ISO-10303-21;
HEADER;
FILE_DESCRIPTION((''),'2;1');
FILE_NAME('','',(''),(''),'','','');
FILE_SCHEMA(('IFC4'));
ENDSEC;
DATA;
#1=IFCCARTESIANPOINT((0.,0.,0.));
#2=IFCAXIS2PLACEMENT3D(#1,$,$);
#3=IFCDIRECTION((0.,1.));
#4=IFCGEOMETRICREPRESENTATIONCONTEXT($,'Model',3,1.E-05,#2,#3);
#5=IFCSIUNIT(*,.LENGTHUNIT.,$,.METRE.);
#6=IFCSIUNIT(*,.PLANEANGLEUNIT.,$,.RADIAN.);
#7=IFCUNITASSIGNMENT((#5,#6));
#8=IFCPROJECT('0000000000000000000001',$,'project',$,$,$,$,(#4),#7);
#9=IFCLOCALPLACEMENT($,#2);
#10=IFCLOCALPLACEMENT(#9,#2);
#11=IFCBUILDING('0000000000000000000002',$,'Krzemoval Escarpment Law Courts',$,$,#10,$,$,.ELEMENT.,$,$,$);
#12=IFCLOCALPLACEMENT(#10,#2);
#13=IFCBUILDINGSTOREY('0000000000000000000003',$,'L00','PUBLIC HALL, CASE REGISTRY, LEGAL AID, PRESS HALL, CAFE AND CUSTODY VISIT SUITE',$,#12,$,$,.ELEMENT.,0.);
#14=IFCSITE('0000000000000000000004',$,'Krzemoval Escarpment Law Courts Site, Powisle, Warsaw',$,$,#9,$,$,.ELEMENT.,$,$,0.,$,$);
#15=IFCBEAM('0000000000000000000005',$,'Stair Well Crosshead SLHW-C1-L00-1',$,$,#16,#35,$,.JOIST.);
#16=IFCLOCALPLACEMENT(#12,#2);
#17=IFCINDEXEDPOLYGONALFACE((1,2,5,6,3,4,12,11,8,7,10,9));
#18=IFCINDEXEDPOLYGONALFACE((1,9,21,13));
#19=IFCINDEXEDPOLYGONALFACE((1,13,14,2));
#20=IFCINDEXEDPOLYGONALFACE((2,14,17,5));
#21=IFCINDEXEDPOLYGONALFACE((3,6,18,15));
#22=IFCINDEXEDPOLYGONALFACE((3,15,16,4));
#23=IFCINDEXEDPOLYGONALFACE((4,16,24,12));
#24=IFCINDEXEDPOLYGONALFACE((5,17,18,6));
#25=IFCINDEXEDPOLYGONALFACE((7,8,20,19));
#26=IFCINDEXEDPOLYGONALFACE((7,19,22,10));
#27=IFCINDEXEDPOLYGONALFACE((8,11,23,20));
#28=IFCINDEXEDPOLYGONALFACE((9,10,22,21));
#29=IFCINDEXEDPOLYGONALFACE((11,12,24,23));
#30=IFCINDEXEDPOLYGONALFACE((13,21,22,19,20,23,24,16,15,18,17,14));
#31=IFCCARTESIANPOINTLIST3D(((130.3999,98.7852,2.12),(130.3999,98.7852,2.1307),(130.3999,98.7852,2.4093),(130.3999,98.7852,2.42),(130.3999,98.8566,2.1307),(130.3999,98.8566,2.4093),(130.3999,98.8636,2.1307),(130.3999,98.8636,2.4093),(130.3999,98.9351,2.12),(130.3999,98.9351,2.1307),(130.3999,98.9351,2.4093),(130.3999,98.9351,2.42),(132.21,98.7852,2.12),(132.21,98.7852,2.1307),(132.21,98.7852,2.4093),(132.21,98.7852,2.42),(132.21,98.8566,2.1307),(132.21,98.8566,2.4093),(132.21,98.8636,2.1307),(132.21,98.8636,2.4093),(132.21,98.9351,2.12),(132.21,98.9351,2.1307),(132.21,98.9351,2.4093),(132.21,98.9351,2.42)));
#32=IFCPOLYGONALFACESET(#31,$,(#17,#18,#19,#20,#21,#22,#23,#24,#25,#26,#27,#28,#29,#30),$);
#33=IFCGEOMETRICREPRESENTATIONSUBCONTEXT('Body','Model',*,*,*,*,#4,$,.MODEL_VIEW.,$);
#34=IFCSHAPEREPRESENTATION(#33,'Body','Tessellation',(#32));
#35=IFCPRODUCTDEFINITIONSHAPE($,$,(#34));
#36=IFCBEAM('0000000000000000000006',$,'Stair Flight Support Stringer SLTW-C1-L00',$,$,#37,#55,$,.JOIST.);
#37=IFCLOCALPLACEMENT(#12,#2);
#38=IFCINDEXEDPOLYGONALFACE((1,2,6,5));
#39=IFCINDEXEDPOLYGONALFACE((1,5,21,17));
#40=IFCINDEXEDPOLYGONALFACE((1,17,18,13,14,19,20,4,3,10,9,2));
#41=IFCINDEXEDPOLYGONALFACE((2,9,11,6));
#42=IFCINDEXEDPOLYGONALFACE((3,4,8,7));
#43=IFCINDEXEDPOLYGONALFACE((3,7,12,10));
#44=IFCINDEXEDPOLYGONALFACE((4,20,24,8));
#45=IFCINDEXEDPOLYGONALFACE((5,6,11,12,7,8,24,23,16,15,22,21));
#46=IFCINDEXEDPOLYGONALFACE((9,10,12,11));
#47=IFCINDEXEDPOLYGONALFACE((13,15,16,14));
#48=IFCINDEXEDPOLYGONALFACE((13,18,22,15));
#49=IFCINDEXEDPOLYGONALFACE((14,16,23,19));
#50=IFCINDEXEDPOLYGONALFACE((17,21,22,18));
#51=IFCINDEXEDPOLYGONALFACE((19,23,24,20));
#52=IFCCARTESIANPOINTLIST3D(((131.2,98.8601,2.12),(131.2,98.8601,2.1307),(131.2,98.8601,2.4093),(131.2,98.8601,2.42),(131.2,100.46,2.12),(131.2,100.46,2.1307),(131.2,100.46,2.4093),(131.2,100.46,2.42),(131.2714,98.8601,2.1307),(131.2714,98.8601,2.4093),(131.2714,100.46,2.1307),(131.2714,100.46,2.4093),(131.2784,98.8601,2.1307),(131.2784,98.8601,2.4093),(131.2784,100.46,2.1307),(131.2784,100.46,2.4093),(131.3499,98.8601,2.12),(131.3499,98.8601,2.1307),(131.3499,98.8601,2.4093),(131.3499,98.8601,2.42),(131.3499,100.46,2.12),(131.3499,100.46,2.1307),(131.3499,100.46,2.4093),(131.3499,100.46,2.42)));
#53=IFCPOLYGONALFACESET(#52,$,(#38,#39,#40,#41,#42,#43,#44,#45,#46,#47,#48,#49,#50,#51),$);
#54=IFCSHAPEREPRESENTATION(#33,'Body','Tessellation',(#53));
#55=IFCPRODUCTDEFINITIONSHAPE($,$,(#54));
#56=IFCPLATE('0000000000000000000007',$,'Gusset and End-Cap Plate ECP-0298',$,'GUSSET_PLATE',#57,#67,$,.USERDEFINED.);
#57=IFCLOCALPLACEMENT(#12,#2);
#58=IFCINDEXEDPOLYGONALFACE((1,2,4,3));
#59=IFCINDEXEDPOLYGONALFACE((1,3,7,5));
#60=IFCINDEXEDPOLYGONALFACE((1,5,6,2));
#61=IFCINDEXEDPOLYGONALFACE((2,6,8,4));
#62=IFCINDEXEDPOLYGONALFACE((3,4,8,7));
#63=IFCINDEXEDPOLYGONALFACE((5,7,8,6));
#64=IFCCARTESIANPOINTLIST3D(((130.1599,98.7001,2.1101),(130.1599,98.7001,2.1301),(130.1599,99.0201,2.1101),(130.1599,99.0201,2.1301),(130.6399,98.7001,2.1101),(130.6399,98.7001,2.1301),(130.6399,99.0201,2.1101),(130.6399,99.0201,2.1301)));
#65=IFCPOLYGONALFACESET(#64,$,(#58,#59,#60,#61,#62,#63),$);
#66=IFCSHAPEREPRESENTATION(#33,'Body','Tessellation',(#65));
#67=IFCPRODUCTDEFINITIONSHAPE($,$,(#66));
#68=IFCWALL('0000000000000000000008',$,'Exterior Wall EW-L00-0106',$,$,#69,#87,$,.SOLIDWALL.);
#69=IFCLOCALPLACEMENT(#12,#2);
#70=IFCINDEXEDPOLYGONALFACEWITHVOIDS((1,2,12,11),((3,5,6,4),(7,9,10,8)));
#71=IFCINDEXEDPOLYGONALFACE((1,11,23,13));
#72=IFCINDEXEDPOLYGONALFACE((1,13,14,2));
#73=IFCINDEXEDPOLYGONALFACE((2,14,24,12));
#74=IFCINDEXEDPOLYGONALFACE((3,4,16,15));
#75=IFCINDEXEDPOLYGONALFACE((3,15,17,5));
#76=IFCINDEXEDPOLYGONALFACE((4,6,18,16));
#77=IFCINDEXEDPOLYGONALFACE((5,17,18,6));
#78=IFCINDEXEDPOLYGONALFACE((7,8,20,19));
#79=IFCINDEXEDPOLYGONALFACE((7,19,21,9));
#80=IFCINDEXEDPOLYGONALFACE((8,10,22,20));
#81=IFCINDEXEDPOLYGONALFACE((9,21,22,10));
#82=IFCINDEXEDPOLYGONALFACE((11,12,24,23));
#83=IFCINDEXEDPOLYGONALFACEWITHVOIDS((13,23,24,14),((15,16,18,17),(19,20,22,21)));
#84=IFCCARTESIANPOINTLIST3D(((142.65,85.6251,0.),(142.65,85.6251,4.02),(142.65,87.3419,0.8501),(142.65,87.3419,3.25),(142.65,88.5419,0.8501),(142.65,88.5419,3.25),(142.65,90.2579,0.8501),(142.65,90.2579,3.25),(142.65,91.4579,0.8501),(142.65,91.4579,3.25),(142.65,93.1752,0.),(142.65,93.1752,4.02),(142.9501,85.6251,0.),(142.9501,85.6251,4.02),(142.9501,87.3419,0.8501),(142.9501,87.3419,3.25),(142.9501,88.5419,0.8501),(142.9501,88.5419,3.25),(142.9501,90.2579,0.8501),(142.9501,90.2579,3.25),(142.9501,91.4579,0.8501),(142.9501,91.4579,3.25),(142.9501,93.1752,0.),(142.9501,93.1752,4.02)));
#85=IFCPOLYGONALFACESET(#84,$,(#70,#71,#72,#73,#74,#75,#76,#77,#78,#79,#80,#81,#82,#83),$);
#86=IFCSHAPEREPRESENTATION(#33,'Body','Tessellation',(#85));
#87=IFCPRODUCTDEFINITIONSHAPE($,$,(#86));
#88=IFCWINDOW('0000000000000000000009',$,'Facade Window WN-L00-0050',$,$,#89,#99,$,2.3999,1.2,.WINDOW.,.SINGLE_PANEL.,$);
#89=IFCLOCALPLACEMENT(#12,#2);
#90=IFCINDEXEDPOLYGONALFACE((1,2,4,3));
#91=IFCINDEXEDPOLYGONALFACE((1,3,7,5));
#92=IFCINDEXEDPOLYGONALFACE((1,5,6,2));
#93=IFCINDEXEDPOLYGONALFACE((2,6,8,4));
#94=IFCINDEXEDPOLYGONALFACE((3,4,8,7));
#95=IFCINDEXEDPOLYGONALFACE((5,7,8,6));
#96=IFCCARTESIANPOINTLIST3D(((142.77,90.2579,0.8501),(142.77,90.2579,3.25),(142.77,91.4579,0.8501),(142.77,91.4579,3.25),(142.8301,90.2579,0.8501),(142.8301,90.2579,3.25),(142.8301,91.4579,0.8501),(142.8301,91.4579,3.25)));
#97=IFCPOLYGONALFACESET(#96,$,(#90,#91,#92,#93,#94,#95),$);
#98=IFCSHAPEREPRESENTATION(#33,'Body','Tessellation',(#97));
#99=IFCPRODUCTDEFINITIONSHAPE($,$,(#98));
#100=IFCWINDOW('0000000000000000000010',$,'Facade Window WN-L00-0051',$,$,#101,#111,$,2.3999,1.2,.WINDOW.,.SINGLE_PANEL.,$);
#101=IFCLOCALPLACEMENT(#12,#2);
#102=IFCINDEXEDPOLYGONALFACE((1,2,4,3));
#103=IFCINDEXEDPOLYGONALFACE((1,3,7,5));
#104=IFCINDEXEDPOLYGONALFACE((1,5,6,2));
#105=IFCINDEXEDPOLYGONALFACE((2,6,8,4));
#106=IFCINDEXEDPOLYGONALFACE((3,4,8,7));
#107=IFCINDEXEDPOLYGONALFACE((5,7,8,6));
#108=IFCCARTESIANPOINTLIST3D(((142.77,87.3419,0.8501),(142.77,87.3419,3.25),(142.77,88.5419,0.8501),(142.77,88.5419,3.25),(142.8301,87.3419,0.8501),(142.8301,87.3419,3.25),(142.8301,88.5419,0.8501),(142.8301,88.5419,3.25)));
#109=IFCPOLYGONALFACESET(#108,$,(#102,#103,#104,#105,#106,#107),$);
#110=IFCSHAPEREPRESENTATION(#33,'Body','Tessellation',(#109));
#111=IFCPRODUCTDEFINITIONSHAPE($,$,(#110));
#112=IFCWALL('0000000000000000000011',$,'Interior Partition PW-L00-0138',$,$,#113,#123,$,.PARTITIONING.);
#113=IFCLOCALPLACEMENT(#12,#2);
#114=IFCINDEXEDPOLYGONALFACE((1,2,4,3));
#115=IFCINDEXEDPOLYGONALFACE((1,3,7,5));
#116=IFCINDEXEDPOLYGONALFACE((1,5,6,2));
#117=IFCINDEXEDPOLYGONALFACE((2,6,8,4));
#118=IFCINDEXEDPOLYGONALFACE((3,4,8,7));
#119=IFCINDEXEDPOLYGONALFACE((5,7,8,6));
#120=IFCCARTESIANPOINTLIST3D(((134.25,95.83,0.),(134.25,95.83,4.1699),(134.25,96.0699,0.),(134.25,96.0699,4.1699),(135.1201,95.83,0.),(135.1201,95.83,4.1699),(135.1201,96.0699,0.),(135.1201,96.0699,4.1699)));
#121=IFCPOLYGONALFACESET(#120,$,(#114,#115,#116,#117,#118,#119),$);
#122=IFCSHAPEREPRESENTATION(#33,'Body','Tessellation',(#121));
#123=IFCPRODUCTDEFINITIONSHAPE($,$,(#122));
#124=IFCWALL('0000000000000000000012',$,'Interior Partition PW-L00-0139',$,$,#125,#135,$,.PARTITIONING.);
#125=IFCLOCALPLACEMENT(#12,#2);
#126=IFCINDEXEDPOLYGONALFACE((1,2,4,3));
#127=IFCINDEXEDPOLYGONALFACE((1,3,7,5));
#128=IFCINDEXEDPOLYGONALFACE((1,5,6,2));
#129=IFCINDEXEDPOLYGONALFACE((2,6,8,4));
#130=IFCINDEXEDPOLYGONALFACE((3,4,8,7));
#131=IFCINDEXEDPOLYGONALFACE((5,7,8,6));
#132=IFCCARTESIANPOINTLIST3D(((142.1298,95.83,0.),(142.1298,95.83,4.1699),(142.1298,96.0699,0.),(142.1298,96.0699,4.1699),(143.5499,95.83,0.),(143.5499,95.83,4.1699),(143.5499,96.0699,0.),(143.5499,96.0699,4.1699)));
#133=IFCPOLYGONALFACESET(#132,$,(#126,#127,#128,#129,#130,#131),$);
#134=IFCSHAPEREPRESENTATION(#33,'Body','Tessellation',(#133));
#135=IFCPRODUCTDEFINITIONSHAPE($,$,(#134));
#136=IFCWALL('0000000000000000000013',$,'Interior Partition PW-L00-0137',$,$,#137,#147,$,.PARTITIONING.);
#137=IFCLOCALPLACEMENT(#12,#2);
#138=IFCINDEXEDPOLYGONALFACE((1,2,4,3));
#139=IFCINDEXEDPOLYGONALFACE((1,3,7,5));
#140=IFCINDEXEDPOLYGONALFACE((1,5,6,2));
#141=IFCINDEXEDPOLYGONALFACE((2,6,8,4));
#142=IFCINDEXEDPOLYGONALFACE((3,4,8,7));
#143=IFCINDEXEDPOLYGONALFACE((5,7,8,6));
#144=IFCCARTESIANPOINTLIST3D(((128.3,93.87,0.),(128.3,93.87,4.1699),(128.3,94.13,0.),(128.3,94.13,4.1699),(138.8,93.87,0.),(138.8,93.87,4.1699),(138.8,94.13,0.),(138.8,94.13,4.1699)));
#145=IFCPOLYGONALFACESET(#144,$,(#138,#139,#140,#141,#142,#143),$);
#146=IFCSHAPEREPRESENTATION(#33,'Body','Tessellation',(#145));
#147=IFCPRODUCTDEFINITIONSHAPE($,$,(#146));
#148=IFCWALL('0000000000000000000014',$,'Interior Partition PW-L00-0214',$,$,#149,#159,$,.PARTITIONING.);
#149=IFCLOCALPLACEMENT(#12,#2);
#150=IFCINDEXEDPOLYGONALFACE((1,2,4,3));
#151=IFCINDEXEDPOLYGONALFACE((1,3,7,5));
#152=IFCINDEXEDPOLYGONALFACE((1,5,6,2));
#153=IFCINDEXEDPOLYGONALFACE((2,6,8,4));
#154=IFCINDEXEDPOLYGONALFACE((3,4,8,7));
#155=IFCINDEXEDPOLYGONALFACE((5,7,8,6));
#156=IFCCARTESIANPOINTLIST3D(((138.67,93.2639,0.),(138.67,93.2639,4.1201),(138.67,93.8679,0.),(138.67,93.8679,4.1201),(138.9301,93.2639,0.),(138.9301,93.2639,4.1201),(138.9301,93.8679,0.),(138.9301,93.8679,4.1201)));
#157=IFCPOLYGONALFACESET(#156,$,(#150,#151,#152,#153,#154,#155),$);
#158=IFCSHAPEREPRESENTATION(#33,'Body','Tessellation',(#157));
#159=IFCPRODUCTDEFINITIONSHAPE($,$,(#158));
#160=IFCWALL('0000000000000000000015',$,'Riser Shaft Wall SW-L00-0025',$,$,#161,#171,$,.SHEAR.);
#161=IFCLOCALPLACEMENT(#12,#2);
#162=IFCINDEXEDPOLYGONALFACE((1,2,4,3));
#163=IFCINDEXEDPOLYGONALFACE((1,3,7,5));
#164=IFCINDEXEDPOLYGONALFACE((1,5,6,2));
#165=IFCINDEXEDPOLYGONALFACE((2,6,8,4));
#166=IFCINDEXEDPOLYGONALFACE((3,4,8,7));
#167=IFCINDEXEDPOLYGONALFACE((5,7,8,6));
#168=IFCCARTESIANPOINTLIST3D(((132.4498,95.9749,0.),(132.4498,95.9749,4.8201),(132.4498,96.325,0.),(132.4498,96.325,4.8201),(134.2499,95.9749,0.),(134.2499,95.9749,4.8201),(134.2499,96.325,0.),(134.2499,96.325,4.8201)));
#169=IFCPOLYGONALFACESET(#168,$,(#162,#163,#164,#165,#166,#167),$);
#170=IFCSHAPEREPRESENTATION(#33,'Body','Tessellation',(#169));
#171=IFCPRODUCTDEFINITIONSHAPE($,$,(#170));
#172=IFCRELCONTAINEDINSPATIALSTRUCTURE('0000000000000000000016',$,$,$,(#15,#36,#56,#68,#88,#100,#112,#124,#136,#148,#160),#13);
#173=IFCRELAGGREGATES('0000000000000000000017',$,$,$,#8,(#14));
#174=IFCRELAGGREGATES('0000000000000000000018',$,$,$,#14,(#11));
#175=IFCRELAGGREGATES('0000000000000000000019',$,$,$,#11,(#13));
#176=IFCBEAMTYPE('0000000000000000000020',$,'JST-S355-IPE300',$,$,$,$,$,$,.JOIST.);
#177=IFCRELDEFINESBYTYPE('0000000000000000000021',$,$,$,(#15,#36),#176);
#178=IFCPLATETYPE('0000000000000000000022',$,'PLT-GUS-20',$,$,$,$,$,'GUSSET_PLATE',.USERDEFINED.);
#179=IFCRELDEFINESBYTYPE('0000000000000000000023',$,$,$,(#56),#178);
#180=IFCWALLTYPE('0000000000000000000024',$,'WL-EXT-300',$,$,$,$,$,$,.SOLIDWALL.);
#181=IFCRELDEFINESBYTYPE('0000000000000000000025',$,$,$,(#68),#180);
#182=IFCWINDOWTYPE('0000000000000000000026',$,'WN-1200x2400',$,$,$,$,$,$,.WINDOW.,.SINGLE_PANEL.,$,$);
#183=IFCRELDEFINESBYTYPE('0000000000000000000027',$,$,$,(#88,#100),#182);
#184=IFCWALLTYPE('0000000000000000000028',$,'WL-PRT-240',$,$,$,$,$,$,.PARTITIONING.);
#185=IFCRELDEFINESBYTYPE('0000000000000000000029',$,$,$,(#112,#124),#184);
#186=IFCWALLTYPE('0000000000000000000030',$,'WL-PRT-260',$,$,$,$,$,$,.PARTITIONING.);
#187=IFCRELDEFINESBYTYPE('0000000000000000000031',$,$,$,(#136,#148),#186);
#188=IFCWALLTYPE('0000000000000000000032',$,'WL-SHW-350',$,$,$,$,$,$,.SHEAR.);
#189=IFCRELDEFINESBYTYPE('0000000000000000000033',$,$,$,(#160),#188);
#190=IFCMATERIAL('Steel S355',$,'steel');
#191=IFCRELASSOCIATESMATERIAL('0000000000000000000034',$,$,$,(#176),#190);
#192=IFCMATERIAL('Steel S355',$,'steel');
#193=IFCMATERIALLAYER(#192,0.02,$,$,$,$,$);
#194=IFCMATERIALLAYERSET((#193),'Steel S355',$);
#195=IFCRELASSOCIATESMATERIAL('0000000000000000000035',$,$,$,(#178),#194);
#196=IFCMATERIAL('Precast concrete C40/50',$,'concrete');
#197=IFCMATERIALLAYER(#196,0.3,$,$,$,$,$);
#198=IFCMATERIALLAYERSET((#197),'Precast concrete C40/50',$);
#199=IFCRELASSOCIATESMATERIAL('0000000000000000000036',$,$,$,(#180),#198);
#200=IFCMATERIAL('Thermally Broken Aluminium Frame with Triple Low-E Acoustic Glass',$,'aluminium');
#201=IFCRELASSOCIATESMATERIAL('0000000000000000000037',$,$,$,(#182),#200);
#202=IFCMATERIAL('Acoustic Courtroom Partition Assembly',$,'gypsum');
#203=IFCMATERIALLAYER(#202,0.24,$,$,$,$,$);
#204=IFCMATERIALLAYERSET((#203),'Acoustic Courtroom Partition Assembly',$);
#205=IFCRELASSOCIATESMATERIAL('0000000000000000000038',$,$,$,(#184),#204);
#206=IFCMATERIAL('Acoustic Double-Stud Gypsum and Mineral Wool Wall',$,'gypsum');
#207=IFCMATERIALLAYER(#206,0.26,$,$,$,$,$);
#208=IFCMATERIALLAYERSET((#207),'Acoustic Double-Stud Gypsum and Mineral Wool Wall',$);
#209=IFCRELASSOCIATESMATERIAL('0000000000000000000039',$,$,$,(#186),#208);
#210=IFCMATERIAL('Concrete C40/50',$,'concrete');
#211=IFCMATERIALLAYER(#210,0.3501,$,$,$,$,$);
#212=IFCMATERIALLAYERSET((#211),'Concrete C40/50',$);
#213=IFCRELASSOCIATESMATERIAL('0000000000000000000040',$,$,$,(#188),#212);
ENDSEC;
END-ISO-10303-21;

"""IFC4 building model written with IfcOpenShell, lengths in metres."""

from ifc_helpers import new_model, si_unit, direction, frame, frame_2d, origin, origin_2d, place, context, subcontext, project, spatial, rectangle, i_section, extrude, material, layer, layer_set, material_profile, profile_set, type_object, element, fill, save


model = new_model("IFC4")

# Units and contexts
model_context = context("Model", 3, precision=1e-05, world=origin(), true_north=direction((0.0, 1.0)))
body_context = subcontext(model_context, "Body", "Model", "MODEL_VIEW")
ifc_project = project(units=[si_unit("LENGTHUNIT", "METRE"), si_unit("PLANEANGLEUNIT", "RADIAN")], contexts=[model_context])

# Site, building, storey
site_placement = place(None, origin())
site = spatial("IfcSite", under=ifc_project, at=site_placement, Name="Krzemoval Escarpment Law Courts Site, Powisle, Warsaw", CompositionType="ELEMENT", RefElevation=0.0)
building_placement = place(site_placement, origin())
building = spatial("IfcBuilding", under=site, at=building_placement, Name="Krzemoval Escarpment Law Courts", CompositionType="ELEMENT")
storey_placement = place(building_placement, origin())
storey = spatial("IfcBuildingStorey", under=building, at=storey_placement, Name="L00", Description="PUBLIC HALL, CASE REGISTRY, LEGAL AID, PRESS HALL, CAFE AND CUSTODY VISIT SUITE", CompositionType="ELEMENT", Elevation=0.0)

# Beams
ifc_material_1 = material(Name="Steel S355", Category="steel")
ifc_material_profile_1 = material_profile(ifc_material_1, i_section(OverallWidth=0.1499, OverallDepth=0.3, WebThickness=0.0071, FlangeThickness=0.0107, at=origin_2d()), Name="IPE 300")
ifc_profile_set_1 = profile_set([ifc_material_profile_1], Name="Steel S355")
beam_type_1 = type_object("IfcBeamType", Name="JST-S355-IPE300", PredefinedType="JOIST", material=ifc_profile_set_1)
beam_1_placement = place(storey_placement, frame((130.3999, 98.8601, 2.27), z_axis=(1.0, 0.0, 0.0), x_axis=(0.0, 1.0, 0.0)))
element("IfcBeam", 1, at=beam_1_placement, inside=storey, type_object=beam_type_1, Name="Stair Well Crosshead SLHW-C1-L00-1", PredefinedType="JOIST", context=body_context, shape_type="SweptSolid", body=[
    extrude(i_section(OverallWidth=0.1499, OverallDepth=0.3, WebThickness=0.0071, FlangeThickness=0.0107, at=origin_2d()), origin(), (0.0, 0.0, 1.0), 1.8101),
])
beam_2_placement = place(storey_placement, frame((131.2749, 98.8601, 2.27), z_axis=(0.0, 1.0, 0.0), x_axis=(-1.0, 0.0, 0.0)))
element("IfcBeam", 2, at=beam_2_placement, inside=storey, type_object=beam_type_1, Name="Stair Flight Support Stringer SLTW-C1-L00", PredefinedType="JOIST", context=body_context, shape_type="SweptSolid", body=[
    extrude(i_section(OverallWidth=0.1499, OverallDepth=0.3, WebThickness=0.0071, FlangeThickness=0.0107, at=origin_2d()), origin(), (0.0, 0.0, 1.0), 1.5999),
])

# Plate
ifc_material_2 = material(Name="Steel S355", Category="steel")
ifc_layer_1 = layer(ifc_material_2, 0.02)
ifc_layer_set_1 = layer_set([ifc_layer_1], Name="Steel S355")
plate_type = type_object("IfcPlateType", Name="PLT-GUS-20", ElementType="GUSSET_PLATE", PredefinedType="USERDEFINED", material=ifc_layer_set_1)
plate_placement = place(storey_placement, frame((130.3999, 98.8601, 2.1101), z_axis=(0.0, 0.0, 1.0), x_axis=(1.0, 0.0, 0.0)))
element("IfcPlate", 3, at=plate_placement, inside=storey, type_object=plate_type, Name="Gusset and End-Cap Plate ECP-0298", ObjectType="GUSSET_PLATE", PredefinedType="USERDEFINED", context=body_context, shape_type="SweptSolid", body=[
    extrude(rectangle(XDim=0.48, YDim=0.3201, at=origin_2d()), origin(), (0.0, 0.0, 1.0), 0.02),
])

# Wall, openings, windows
ifc_material_3 = material(Name="Precast concrete C40/50", Category="concrete")
ifc_layer_2 = layer(ifc_material_3, 0.3)
ifc_layer_set_2 = layer_set([ifc_layer_2], Name="Precast concrete C40/50")
wall_type_1 = type_object("IfcWallType", Name="WL-EXT-300", PredefinedType="SOLIDWALL", material=ifc_layer_set_2)
wall_1_placement = place(storey_placement, frame((142.8, 93.175, 0.0), z_axis=(0.0, 0.0, 1.0), x_axis=(0.0, -1.0, 0.0)))
wall_1 = element("IfcWall", 4, at=wall_1_placement, inside=storey, type_object=wall_type_1, Name="Exterior Wall EW-L00-0106", PredefinedType="SOLIDWALL", context=body_context, shape_type="SweptSolid", body=[
    extrude(rectangle(XDim=7.55, YDim=0.3, at=frame_2d((3.7749, 0.0))), origin(), (0.0, 0.0, 1.0), 4.02),
])
opening_1_placement = place(wall_1_placement, frame((1.717, 0.0, 0.8501)))
opening_1 = element("IfcOpeningElement", 5, at=opening_1_placement, cuts=wall_1, PredefinedType="OPENING", context=body_context, shape_type="SweptSolid", body=[
    extrude(rectangle(XDim=1.2, YDim=2.3999, at=frame_2d((0.6001, 1.2))), frame((0.0, 0.165, 0.0), z_axis=(0.0, -1.0, 0.0), x_axis=(1.0, 0.0, 0.0)), (0.0, 0.0, 1.0), 0.3301),
])
opening_2_placement = place(wall_1_placement, frame((4.6331, 0.0, 0.8501)))
opening_2 = element("IfcOpeningElement", 6, at=opening_2_placement, cuts=wall_1, PredefinedType="OPENING", context=body_context, shape_type="SweptSolid", body=[
    extrude(rectangle(XDim=1.2, YDim=2.3999, at=frame_2d((0.6001, 1.2))), frame((0.0, 0.165, 0.0), z_axis=(0.0, -1.0, 0.0), x_axis=(1.0, 0.0, 0.0)), (0.0, 0.0, 1.0), 0.3301),
])
ifc_material_4 = material(Name="Thermally Broken Aluminium Frame with Triple Low-E Acoustic Glass", Category="aluminium")
window_type = type_object("IfcWindowType", Name="WN-1200x2400", PartitioningType="SINGLE_PANEL", PredefinedType="WINDOW", material=ifc_material_4)
window_1_placement = place(opening_1_placement, origin())
window_1 = element("IfcWindow", 7, at=window_1_placement, inside=storey, type_object=window_type, Name="Facade Window WN-L00-0050", OverallHeight=2.3999, OverallWidth=1.2, PartitioningType="SINGLE_PANEL", PredefinedType="WINDOW", context=body_context, shape_type="SweptSolid", body=[
    extrude(rectangle(XDim=1.2, YDim=2.3999, at=frame_2d((0.6001, 1.2))), frame((0.0, 0.03, 0.0), z_axis=(0.0, -1.0, 0.0), x_axis=(1.0, 0.0, 0.0)), (0.0, 0.0, 1.0), 0.0601),
])
fill(opening_1, window_1)
window_2_placement = place(opening_2_placement, origin())
window_2 = element("IfcWindow", 8, at=window_2_placement, inside=storey, type_object=window_type, Name="Facade Window WN-L00-0051", OverallHeight=2.3999, OverallWidth=1.2, PartitioningType="SINGLE_PANEL", PredefinedType="WINDOW", context=body_context, shape_type="SweptSolid", body=[
    extrude(rectangle(XDim=1.2, YDim=2.3999, at=frame_2d((0.6001, 1.2))), frame((0.0, 0.03, 0.0), z_axis=(0.0, -1.0, 0.0), x_axis=(1.0, 0.0, 0.0)), (0.0, 0.0, 1.0), 0.0601),
])
fill(opening_2, window_2)

# Walls
ifc_material_5 = material(Name="Acoustic Courtroom Partition Assembly", Category="gypsum")
ifc_layer_3 = layer(ifc_material_5, 0.24)
ifc_layer_set_3 = layer_set([ifc_layer_3], Name="Acoustic Courtroom Partition Assembly")
wall_type_2 = type_object("IfcWallType", Name="WL-PRT-240", PredefinedType="PARTITIONING", material=ifc_layer_set_3)
wall_2_placement = place(storey_placement, frame((134.25, 95.95, 0.0), z_axis=(0.0, 0.0, 1.0), x_axis=(1.0, 0.0, 0.0)))
element("IfcWall", 9, at=wall_2_placement, inside=storey, type_object=wall_type_2, Name="Interior Partition PW-L00-0138", PredefinedType="PARTITIONING", context=body_context, shape_type="SweptSolid", body=[
    extrude(rectangle(XDim=0.8701, YDim=0.24, at=frame_2d((0.4351, 0.0))), origin(), (0.0, 0.0, 1.0), 4.1699),
])
wall_3_placement = place(storey_placement, frame((142.1299, 95.95, 0.0), z_axis=(0.0, 0.0, 1.0), x_axis=(1.0, 0.0, 0.0)))
element("IfcWall", 10, at=wall_3_placement, inside=storey, type_object=wall_type_2, Name="Interior Partition PW-L00-0139", PredefinedType="PARTITIONING", context=body_context, shape_type="SweptSolid", body=[
    extrude(rectangle(XDim=1.4202, YDim=0.24, at=frame_2d((0.71, 0.0))), origin(), (0.0, 0.0, 1.0), 4.1699),
])
ifc_material_6 = material(Name="Acoustic Double-Stud Gypsum and Mineral Wool Wall", Category="gypsum")
ifc_layer_4 = layer(ifc_material_6, 0.26)
ifc_layer_set_4 = layer_set([ifc_layer_4], Name="Acoustic Double-Stud Gypsum and Mineral Wool Wall")
wall_type_3 = type_object("IfcWallType", Name="WL-PRT-260", PredefinedType="PARTITIONING", material=ifc_layer_set_4)
wall_4_placement = place(storey_placement, frame((128.3, 94.0, 0.0), z_axis=(0.0, 0.0, 1.0), x_axis=(1.0, 0.0, 0.0)))
element("IfcWall", 11, at=wall_4_placement, inside=storey, type_object=wall_type_3, Name="Interior Partition PW-L00-0137", PredefinedType="PARTITIONING", context=body_context, shape_type="SweptSolid", body=[
    extrude(rectangle(XDim=10.5, YDim=0.26, at=frame_2d((5.25, 0.0))), origin(), (0.0, 0.0, 1.0), 4.1699),
])
wall_5_placement = place(storey_placement, frame((138.8, 93.2639, 0.0), z_axis=(0.0, 0.0, 1.0), x_axis=(0.0, 1.0, 0.0)))
element("IfcWall", 12, at=wall_5_placement, inside=storey, type_object=wall_type_3, Name="Interior Partition PW-L00-0214", PredefinedType="PARTITIONING", context=body_context, shape_type="SweptSolid", body=[
    extrude(rectangle(XDim=0.604, YDim=0.26, at=frame_2d((0.302, 0.0))), origin(), (0.0, 0.0, 1.0), 4.1201),
])
ifc_material_7 = material(Name="Concrete C40/50", Category="concrete")
ifc_layer_5 = layer(ifc_material_7, 0.3501)
ifc_layer_set_5 = layer_set([ifc_layer_5], Name="Concrete C40/50")
wall_type_4 = type_object("IfcWallType", Name="WL-SHW-350", PredefinedType="SHEAR", material=ifc_layer_set_5)
wall_6_placement = place(storey_placement, frame((132.45, 96.1499, 0.0), z_axis=(0.0, 0.0, 1.0), x_axis=(1.0, 0.0, 0.0)))
element("IfcWall", 13, at=wall_6_placement, inside=storey, type_object=wall_type_4, Name="Riser Shaft Wall SW-L00-0025", PredefinedType="SHEAR", context=body_context, shape_type="SweptSolid", body=[
    extrude(rectangle(XDim=1.8, YDim=0.3501, at=frame_2d((0.8999, 0.0))), origin(), (0.0, 0.0, 1.0), 4.8201),
])

save(model, "model.ifc")
